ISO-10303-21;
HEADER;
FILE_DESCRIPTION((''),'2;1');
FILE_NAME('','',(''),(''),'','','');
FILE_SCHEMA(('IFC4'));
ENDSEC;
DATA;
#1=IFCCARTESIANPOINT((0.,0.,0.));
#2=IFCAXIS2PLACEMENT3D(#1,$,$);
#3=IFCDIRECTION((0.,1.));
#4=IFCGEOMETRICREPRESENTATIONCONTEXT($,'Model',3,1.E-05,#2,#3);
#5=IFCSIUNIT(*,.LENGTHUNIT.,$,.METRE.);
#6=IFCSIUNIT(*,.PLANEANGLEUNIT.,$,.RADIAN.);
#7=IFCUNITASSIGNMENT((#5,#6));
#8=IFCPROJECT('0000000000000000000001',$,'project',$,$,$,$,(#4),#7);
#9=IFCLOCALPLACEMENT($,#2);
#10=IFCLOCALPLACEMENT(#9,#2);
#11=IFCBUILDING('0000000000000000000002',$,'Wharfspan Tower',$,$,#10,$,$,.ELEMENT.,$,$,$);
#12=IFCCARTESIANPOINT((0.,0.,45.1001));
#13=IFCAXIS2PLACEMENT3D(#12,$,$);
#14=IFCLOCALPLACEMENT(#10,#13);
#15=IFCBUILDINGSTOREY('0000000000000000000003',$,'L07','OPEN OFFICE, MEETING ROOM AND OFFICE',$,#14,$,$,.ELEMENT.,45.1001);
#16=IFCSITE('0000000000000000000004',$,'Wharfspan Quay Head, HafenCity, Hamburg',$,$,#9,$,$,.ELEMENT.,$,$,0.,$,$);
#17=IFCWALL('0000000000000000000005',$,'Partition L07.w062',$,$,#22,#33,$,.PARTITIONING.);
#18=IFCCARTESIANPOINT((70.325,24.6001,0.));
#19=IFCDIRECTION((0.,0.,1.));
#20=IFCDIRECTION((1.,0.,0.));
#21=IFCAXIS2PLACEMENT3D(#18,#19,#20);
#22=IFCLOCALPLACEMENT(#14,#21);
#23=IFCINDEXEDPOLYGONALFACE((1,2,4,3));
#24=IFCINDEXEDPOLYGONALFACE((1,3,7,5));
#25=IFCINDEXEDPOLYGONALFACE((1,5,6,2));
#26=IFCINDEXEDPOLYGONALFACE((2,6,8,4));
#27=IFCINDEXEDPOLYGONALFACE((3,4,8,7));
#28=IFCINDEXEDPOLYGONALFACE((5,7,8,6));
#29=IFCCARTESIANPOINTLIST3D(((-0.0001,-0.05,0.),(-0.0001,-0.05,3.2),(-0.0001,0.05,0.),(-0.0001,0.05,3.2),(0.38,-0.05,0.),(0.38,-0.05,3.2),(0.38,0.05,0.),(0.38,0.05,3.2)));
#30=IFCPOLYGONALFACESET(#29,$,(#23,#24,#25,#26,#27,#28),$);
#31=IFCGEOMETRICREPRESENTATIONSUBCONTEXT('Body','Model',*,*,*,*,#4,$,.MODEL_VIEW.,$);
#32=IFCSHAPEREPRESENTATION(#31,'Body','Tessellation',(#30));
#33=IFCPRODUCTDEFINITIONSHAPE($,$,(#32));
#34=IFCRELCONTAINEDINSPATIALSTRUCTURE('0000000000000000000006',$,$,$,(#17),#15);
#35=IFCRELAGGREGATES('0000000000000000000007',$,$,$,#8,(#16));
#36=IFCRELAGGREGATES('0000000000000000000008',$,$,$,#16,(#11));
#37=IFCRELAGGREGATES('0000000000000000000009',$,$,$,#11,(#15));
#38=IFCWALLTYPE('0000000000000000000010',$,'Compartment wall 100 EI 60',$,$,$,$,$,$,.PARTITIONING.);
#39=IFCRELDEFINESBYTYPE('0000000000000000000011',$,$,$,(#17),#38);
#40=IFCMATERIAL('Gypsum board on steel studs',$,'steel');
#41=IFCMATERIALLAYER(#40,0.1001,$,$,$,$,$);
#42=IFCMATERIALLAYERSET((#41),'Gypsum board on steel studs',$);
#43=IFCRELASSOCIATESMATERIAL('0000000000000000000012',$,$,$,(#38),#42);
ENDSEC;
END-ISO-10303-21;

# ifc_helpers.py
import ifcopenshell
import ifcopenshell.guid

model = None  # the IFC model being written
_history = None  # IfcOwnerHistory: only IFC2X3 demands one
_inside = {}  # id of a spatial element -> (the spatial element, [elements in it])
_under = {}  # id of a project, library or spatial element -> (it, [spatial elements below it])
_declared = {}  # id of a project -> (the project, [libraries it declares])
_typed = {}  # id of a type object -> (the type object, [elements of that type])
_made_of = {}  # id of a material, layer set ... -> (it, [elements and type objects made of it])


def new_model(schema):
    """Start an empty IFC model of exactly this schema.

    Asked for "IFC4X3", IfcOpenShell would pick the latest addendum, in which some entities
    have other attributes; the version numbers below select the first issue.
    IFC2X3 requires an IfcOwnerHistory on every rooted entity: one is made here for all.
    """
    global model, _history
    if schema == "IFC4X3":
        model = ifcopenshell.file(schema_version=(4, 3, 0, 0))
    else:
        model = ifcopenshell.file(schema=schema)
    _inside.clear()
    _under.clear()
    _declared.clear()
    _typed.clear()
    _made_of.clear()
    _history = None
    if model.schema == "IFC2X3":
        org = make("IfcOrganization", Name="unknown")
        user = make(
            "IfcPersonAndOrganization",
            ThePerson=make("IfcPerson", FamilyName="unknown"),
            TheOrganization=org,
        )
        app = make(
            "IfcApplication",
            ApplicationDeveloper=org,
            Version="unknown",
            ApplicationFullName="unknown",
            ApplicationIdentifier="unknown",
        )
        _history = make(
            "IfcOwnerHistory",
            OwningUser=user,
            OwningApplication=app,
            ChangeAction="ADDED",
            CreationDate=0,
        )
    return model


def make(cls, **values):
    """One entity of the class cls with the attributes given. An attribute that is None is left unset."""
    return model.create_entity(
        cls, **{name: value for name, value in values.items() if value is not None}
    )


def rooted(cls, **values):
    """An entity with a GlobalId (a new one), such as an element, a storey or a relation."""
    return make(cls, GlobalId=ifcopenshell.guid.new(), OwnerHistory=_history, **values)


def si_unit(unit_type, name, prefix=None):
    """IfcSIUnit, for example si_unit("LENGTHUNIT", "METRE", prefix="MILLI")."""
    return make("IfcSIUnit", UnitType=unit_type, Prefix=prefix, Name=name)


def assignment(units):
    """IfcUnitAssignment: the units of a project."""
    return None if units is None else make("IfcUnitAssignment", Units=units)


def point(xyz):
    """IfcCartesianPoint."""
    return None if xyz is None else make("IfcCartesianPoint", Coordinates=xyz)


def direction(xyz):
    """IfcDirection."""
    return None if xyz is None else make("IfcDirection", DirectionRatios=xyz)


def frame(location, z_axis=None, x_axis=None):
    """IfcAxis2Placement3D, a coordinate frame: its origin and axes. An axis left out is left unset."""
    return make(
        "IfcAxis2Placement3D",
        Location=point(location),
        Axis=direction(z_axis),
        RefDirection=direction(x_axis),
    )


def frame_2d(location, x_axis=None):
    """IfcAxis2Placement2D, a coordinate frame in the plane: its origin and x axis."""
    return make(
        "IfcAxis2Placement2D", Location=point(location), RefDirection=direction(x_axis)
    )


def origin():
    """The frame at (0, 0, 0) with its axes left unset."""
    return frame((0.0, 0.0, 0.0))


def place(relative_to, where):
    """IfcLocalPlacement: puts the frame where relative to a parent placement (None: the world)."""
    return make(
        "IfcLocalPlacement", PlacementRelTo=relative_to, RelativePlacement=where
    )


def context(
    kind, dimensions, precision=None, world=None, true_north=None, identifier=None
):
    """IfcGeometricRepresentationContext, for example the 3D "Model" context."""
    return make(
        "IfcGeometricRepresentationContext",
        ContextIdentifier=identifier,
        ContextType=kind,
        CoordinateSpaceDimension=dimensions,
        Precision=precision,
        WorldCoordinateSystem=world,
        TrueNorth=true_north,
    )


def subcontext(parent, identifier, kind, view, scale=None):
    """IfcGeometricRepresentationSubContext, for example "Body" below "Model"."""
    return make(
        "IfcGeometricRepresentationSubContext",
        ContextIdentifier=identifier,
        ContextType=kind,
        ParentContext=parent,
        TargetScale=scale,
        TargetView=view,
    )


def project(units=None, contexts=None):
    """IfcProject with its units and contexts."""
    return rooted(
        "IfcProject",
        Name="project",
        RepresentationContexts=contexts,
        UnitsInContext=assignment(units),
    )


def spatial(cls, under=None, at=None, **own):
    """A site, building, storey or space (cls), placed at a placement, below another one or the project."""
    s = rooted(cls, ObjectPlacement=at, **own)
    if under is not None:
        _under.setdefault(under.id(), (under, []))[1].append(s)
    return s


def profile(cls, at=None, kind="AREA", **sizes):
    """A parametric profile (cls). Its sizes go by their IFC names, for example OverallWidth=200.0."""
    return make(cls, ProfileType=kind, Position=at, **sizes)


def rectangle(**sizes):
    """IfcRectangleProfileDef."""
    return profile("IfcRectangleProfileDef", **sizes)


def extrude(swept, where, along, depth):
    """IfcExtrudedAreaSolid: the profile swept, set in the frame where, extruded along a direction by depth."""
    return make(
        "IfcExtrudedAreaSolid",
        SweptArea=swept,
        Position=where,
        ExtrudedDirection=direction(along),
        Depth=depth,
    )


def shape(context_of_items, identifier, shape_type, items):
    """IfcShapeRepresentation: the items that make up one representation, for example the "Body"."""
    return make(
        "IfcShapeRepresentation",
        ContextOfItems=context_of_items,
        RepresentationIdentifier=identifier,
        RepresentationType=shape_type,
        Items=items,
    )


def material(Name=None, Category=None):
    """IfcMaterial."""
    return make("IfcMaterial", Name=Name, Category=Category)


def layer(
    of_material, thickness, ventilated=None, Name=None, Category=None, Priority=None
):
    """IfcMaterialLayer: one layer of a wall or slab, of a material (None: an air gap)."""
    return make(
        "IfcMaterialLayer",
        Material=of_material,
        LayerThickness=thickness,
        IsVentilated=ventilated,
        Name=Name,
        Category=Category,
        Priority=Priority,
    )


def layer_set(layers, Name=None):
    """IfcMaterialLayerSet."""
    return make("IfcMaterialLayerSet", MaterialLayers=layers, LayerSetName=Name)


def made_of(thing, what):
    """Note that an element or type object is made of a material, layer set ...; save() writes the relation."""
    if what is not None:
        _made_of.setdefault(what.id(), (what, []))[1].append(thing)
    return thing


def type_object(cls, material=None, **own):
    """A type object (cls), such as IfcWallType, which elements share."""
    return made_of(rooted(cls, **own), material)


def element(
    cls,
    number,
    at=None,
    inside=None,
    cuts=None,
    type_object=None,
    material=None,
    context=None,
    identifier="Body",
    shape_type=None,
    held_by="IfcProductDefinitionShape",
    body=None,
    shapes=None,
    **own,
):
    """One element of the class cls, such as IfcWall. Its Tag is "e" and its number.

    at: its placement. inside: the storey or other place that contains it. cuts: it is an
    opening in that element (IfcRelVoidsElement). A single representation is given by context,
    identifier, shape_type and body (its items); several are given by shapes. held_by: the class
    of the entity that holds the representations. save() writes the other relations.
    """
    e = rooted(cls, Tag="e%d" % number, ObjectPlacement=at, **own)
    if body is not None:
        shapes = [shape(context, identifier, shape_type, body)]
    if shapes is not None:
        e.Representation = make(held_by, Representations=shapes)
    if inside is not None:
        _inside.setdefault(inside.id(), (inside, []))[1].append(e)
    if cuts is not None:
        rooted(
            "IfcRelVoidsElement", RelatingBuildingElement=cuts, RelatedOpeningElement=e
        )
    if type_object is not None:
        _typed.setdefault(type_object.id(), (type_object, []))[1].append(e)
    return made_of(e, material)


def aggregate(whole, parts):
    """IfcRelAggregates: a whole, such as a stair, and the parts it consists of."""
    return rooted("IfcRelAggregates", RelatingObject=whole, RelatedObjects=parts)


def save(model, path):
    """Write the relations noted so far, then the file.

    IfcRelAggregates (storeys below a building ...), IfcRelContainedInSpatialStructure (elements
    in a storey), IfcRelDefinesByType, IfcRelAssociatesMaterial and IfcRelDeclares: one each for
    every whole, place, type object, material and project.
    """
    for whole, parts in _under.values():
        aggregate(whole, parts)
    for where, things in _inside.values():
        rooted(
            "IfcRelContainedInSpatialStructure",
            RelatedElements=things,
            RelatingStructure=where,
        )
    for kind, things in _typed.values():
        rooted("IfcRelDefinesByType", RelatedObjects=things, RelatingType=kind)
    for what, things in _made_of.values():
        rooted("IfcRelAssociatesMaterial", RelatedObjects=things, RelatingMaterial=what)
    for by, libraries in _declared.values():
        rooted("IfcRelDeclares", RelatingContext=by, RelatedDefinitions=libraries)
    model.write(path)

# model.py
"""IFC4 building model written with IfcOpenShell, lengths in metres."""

from ifc_helpers import new_model, si_unit, direction, frame, frame_2d, origin, place, context, subcontext, project, spatial, rectangle, extrude, material, layer, layer_set, type_object, element, save


model = new_model("IFC4")

# Units and contexts
model_context = context("Model", 3, precision=1e-05, world=origin(), true_north=direction((0.0, 1.0)))
body_context = subcontext(model_context, "Body", "Model", "MODEL_VIEW")
ifc_project = project(units=[si_unit("LENGTHUNIT", "METRE"), si_unit("PLANEANGLEUNIT", "RADIAN")], contexts=[model_context])

# Site, building, storey
site_placement = place(None, origin())
site = spatial("IfcSite", under=ifc_project, at=site_placement, Name="Wharfspan Quay Head, HafenCity, Hamburg", CompositionType="ELEMENT", RefElevation=0.0)
building_placement = place(site_placement, origin())
building = spatial("IfcBuilding", under=site, at=building_placement, Name="Wharfspan Tower", CompositionType="ELEMENT")
storey_placement = place(building_placement, frame((0.0, 0.0, 45.1001)))
storey = spatial("IfcBuildingStorey", under=building, at=storey_placement, Name="L07", Description="OPEN OFFICE, MEETING ROOM AND OFFICE", CompositionType="ELEMENT", Elevation=45.1001)

# Wall
ifc_material_1 = material(Name="Gypsum board on steel studs", Category="steel")
ifc_layer_1 = layer(ifc_material_1, 0.1001)
ifc_layer_set_1 = layer_set([ifc_layer_1], Name="Gypsum board on steel studs")
wall_type_1 = type_object("IfcWallType", Name="Compartment wall 100 EI 60", PredefinedType="PARTITIONING", material=ifc_layer_set_1)
wall_1_placement = place(storey_placement, frame((70.325, 24.6001, 0.0), z_axis=(0.0, 0.0, 1.0), x_axis=(1.0, 0.0, 0.0)))
element("IfcWall", 1, at=wall_1_placement, inside=storey, type_object=wall_type_1, Name="Partition L07.w062", PredefinedType="PARTITIONING", context=body_context, shape_type="SweptSolid", body=[
    extrude(rectangle(XDim=0.3801, YDim=0.1001, at=frame_2d((0.1899, 0.0))), origin(), (0.0, 0.0, 1.0), 3.2),
])

save(model, "model.ifc")
